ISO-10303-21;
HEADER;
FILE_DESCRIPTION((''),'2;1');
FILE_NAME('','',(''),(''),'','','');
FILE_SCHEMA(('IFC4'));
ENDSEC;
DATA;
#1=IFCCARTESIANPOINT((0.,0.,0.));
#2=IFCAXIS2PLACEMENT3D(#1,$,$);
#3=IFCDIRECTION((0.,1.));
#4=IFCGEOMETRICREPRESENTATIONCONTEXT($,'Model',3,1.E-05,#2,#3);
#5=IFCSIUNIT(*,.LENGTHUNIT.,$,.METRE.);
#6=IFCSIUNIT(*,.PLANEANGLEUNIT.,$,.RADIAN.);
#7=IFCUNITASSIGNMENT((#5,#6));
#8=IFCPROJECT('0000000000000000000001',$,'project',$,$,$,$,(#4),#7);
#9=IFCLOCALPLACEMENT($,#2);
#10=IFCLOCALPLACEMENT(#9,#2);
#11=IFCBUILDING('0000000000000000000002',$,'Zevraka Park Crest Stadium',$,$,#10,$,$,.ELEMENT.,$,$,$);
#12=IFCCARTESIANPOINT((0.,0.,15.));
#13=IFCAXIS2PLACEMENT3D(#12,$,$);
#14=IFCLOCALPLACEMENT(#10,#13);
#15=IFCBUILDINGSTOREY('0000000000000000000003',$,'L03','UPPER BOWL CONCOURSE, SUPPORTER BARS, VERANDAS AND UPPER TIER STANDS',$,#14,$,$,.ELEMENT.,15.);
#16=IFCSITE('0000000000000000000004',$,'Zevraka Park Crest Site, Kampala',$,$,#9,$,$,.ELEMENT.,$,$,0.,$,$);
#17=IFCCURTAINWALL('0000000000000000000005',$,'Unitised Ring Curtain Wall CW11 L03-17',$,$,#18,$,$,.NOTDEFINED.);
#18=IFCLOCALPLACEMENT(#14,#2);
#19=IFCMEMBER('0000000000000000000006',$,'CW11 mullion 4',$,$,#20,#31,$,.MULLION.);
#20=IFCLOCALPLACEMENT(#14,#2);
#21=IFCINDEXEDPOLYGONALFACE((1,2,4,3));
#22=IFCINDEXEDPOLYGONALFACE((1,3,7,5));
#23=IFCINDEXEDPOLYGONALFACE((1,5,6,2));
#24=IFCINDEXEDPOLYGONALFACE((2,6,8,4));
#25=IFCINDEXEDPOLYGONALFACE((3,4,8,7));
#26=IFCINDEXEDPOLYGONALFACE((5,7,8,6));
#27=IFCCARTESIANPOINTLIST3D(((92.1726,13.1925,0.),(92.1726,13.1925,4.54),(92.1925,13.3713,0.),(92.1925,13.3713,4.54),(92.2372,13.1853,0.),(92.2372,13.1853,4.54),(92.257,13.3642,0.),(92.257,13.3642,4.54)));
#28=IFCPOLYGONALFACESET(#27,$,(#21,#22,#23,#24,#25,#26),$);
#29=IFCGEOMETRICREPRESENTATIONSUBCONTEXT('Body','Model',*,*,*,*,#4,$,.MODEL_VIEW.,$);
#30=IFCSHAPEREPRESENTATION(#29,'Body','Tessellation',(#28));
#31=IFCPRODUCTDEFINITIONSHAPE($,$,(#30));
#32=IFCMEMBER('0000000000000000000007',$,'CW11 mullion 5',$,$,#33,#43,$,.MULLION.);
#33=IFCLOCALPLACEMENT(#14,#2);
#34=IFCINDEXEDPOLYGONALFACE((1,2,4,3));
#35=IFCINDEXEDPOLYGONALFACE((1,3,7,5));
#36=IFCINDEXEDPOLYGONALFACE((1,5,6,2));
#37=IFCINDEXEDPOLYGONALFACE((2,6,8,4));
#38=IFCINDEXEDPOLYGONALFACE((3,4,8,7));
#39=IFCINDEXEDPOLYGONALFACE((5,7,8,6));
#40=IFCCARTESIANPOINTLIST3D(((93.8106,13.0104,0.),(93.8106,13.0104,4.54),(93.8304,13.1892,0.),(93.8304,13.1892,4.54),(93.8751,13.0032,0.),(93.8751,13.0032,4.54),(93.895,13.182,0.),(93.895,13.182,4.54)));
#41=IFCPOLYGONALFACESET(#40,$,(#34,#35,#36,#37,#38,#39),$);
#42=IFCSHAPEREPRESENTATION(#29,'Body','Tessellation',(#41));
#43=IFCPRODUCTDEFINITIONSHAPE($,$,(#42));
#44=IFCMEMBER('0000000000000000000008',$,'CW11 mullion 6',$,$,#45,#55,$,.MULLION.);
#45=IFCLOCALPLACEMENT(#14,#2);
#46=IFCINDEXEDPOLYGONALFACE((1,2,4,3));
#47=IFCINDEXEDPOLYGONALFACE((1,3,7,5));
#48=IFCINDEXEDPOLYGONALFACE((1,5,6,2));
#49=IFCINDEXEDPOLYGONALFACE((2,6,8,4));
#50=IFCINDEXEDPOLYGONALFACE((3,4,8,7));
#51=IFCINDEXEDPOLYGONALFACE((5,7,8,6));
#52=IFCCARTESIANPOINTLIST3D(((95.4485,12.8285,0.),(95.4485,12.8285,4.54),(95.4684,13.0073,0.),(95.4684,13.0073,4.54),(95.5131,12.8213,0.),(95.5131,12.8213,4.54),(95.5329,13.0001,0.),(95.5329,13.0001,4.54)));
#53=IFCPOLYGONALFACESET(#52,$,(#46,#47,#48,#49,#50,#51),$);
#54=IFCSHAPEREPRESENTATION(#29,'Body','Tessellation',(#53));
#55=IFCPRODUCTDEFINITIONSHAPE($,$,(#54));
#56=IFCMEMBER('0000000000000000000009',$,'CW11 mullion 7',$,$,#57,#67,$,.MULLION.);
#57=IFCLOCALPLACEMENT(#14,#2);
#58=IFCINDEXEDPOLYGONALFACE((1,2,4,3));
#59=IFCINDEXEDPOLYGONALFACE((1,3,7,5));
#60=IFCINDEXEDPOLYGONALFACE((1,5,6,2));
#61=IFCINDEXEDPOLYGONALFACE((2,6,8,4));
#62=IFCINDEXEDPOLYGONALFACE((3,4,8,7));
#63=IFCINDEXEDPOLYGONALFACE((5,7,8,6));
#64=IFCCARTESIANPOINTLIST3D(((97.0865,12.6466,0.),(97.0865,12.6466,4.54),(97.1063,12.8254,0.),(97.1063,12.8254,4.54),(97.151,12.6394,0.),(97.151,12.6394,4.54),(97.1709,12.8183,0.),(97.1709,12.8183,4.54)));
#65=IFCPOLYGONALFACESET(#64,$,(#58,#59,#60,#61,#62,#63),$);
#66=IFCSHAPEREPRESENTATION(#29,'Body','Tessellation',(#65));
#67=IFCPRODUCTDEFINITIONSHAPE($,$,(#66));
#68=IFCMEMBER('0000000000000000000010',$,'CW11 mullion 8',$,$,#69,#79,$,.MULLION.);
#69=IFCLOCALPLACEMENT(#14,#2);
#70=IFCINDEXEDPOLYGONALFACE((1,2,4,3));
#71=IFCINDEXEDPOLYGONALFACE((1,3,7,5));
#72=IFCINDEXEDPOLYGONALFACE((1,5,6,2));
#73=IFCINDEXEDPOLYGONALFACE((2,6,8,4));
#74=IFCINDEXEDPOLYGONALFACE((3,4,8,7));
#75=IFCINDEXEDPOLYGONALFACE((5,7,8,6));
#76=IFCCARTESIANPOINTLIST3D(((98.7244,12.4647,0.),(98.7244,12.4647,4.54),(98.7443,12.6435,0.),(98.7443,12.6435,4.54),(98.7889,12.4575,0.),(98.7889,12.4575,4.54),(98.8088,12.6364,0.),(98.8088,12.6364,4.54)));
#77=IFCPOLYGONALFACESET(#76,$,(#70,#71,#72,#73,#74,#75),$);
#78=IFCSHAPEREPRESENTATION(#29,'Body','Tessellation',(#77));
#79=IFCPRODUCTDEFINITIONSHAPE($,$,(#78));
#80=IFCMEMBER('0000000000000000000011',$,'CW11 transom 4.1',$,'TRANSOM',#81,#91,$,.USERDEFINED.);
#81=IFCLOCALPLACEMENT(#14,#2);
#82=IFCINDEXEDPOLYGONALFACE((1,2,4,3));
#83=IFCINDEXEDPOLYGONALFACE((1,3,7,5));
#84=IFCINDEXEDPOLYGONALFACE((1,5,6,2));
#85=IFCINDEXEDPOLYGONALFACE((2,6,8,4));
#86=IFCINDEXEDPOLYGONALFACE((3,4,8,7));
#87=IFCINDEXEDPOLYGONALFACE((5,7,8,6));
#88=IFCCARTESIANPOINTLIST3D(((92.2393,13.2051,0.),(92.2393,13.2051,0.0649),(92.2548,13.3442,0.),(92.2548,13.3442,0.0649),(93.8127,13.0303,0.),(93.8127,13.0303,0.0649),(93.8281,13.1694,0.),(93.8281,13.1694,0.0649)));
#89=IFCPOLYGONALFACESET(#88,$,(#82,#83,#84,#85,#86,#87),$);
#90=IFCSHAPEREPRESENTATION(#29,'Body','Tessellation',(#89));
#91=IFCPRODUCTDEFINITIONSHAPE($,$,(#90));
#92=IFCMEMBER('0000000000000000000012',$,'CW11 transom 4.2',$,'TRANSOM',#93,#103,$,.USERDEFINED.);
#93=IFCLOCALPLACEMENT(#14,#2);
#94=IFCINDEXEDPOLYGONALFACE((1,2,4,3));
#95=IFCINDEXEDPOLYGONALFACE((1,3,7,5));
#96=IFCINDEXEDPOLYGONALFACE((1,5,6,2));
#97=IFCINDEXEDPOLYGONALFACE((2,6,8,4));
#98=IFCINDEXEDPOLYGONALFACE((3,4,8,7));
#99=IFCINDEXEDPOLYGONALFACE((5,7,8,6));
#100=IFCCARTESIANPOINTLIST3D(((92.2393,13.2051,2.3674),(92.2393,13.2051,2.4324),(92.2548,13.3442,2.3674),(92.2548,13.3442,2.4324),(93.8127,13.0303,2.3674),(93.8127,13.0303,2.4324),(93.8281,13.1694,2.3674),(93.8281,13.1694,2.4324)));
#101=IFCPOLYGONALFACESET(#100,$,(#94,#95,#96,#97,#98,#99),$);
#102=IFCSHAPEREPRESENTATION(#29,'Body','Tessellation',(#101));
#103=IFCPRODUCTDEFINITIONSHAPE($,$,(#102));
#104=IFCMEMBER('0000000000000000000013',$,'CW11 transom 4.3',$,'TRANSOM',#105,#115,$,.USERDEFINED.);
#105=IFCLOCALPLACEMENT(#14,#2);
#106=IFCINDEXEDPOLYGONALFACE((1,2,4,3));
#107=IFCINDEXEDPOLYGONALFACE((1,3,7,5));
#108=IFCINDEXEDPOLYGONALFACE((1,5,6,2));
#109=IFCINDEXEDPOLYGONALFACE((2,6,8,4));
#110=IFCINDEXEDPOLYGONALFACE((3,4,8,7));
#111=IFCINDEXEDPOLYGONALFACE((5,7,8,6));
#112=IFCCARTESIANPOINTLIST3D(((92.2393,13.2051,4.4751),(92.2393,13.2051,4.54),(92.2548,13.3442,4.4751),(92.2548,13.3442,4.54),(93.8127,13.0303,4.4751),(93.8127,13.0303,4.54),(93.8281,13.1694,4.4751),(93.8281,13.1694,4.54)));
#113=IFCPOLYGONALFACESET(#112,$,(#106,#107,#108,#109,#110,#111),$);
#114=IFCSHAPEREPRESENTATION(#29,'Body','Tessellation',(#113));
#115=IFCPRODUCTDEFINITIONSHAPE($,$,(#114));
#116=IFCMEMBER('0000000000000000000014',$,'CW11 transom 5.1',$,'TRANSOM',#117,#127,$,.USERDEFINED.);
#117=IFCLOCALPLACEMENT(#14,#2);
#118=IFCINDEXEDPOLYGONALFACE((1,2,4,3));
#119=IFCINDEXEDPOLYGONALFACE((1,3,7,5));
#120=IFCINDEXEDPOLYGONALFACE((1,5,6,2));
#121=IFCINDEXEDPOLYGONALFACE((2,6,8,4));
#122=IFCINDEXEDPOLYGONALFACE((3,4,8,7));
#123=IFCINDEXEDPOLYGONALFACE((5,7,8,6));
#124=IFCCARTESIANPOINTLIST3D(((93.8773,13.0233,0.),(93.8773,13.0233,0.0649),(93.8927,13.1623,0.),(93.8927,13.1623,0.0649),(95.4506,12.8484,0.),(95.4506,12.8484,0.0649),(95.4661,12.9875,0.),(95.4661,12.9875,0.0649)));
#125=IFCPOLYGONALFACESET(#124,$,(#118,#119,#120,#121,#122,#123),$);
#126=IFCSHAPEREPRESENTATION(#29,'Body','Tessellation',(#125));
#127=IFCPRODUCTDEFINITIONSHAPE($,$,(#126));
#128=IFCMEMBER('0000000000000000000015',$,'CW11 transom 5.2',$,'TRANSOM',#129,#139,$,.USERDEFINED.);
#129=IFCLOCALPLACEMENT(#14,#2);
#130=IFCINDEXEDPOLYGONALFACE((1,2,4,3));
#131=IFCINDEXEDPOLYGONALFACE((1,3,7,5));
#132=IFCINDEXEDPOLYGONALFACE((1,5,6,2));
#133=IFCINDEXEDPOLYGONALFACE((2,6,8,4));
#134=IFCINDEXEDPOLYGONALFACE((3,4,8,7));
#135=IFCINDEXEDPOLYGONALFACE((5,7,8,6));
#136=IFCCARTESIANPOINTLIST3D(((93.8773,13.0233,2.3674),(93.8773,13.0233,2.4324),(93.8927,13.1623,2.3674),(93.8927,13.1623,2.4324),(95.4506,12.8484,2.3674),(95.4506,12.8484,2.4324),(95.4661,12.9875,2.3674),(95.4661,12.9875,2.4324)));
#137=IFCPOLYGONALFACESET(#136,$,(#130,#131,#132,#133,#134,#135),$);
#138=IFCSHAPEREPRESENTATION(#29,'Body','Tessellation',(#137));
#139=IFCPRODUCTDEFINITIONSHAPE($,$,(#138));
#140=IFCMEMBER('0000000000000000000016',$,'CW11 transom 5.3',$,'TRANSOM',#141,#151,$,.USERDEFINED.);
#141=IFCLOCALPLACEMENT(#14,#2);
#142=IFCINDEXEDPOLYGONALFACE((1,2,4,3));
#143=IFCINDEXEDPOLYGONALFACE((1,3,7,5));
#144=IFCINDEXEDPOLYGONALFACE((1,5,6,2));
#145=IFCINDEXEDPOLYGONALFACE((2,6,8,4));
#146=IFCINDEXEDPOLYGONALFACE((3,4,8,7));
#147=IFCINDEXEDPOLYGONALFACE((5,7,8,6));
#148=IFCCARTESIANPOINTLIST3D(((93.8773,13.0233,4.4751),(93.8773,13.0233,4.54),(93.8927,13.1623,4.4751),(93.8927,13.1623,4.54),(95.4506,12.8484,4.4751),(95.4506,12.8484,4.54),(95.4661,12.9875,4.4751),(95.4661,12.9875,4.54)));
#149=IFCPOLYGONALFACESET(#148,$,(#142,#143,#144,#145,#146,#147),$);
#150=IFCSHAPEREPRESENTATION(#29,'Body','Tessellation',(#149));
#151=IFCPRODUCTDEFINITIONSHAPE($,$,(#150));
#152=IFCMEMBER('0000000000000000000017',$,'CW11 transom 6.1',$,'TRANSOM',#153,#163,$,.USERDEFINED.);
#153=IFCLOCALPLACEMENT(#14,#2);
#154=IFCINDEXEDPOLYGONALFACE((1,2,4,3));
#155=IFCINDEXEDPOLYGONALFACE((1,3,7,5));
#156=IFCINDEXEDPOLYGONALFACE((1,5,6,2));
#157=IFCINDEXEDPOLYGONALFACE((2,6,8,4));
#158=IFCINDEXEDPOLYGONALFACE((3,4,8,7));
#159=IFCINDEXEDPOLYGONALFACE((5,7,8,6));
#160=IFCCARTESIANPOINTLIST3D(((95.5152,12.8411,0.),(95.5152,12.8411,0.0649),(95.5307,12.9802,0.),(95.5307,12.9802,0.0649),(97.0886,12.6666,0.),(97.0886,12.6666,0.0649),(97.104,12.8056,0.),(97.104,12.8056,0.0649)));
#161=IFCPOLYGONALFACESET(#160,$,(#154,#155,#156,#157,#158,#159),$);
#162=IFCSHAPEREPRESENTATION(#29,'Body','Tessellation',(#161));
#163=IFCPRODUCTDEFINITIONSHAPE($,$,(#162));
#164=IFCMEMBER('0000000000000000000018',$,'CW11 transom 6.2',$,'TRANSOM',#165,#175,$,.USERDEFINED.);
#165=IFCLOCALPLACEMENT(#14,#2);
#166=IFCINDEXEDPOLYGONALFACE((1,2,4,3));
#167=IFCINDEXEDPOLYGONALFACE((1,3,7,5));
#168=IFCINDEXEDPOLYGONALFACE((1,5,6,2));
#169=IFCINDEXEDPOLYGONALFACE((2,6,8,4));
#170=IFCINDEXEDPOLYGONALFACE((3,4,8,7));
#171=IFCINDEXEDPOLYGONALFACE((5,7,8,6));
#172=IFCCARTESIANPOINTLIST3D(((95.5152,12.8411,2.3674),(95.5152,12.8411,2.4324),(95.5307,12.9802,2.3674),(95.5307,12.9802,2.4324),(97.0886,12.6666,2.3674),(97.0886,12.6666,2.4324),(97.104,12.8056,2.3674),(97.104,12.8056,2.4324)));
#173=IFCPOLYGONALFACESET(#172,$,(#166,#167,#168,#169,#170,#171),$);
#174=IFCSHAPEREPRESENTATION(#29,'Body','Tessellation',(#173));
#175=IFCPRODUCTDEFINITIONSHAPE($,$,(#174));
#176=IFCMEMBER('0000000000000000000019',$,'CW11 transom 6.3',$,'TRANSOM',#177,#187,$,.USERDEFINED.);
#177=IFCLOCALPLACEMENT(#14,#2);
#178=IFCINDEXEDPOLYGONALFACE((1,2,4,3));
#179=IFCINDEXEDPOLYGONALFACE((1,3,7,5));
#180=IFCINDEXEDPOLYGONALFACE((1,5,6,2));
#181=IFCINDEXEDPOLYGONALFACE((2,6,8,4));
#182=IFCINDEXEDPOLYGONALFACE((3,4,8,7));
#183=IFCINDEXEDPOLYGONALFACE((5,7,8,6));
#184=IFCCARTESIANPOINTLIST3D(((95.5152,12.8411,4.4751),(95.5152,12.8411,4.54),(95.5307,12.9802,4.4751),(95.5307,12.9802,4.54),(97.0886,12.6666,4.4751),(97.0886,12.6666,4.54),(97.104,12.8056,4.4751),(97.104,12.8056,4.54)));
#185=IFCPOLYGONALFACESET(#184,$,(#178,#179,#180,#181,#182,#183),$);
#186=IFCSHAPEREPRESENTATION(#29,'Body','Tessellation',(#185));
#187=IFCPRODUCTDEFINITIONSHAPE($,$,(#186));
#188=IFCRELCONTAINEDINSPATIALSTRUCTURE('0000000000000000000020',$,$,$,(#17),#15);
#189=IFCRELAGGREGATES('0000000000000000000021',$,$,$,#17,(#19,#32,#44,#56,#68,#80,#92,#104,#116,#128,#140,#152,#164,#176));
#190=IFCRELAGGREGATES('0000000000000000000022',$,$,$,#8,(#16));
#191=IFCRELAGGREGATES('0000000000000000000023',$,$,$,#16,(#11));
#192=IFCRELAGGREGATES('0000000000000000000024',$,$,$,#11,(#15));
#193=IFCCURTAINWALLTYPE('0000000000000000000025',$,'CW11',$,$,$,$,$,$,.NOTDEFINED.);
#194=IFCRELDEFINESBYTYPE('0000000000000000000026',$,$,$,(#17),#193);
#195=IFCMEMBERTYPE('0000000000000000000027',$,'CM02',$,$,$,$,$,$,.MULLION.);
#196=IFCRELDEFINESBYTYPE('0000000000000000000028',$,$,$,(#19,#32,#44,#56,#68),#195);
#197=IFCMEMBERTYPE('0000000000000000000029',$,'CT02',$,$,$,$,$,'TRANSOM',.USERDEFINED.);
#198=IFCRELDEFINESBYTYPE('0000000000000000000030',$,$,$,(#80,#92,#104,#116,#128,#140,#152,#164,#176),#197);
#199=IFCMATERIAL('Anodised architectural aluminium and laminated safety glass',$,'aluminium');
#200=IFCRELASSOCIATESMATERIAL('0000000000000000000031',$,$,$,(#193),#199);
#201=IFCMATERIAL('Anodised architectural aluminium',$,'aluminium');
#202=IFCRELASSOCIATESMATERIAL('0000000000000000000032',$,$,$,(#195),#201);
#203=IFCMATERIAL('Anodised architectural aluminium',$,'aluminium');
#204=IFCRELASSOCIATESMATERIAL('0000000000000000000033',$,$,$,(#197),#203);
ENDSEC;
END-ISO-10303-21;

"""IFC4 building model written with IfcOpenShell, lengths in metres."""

from ifc_helpers import new_model, si_unit, direction, frame, origin, origin_2d, place, context, subcontext, project, spatial, rectangle, extrude, material, material_profile, profile_set, type_object, element, aggregate, save


model = new_model("IFC4")

# Units and contexts
model_context = context("Model", 3, precision=1e-05, world=origin(), true_north=direction((0.0, 1.0)))
body_context = subcontext(model_context, "Body", "Model", "MODEL_VIEW")
ifc_project = project(units=[si_unit("LENGTHUNIT", "METRE"), si_unit("PLANEANGLEUNIT", "RADIAN")], contexts=[model_context])

# Site, building, storey
site_placement = place(None, origin())
site = spatial("IfcSite", under=ifc_project, at=site_placement, Name="Zevraka Park Crest Site, Kampala", CompositionType="ELEMENT", RefElevation=0.0)
building_placement = place(site_placement, origin())
building = spatial("IfcBuilding", under=site, at=building_placement, Name="Zevraka Park Crest Stadium", CompositionType="ELEMENT")
storey_placement = place(building_placement, frame((0.0, 0.0, 15.0)))
storey = spatial("IfcBuildingStorey", under=building, at=storey_placement, Name="L03", Description="UPPER BOWL CONCOURSE, SUPPORTER BARS, VERANDAS AND UPPER TIER STANDS", CompositionType="ELEMENT", Elevation=15.0)

# Curtain wall, members
ifc_material_1 = material(Name="Anodised architectural aluminium and laminated safety glass", Category="aluminium")
curtain_wall_type = type_object("IfcCurtainWallType", Name="CW11", PredefinedType="NOTDEFINED", material=ifc_material_1)
curtain_wall_placement = place(storey_placement, origin())
curtain_wall = element("IfcCurtainWall", 1, at=curtain_wall_placement, inside=storey, type_object=curtain_wall_type, Name="Unitised Ring Curtain Wall CW11 L03-17", PredefinedType="NOTDEFINED")
ifc_material_2 = material(Name="Anodised architectural aluminium", Category="aluminium")
ifc_material_profile_1 = material_profile(ifc_material_2, rectangle(XDim=0.1799, YDim=0.0649, at=origin_2d()), Name="ALU MULLION 180x65")
ifc_profile_set_1 = profile_set([ifc_material_profile_1], Name="Anodised architectural aluminium")
member_type_1 = type_object("IfcMemberType", Name="CM02", PredefinedType="MULLION", material=ifc_profile_set_1)
member_1_placement = place(storey_placement, frame((92.2148, 13.2783, 0.0), z_axis=(0.0, 0.0, 1.0), x_axis=(0.110396, 0.993888, 0.0)))
member_1 = element("IfcMember", 2, at=member_1_placement, type_object=member_type_1, Name="CW11 mullion 4", PredefinedType="MULLION", context=body_context, shape_type="SweptSolid", body=[
    extrude(rectangle(XDim=0.1799, YDim=0.0649, at=origin_2d()), origin(), (0.0, 0.0, 1.0), 4.54),
])
member_2_placement = place(storey_placement, frame((93.8528, 13.0962, 0.0), z_axis=(0.0, 0.0, 1.0), x_axis=(0.110396, 0.993888, 0.0)))
member_2 = element("IfcMember", 3, at=member_2_placement, type_object=member_type_1, Name="CW11 mullion 5", PredefinedType="MULLION", context=body_context, shape_type="SweptSolid", body=[
    extrude(rectangle(XDim=0.1799, YDim=0.0649, at=origin_2d()), origin(), (0.0, 0.0, 1.0), 4.54),
])
member_3_placement = place(storey_placement, frame((95.4907, 12.9143, 0.0), z_axis=(0.0, 0.0, 1.0), x_axis=(0.110396, 0.993888, 0.0)))
member_3 = element("IfcMember", 4, at=member_3_placement, type_object=member_type_1, Name="CW11 mullion 6", PredefinedType="MULLION", context=body_context, shape_type="SweptSolid", body=[
    extrude(rectangle(XDim=0.1799, YDim=0.0649, at=origin_2d()), origin(), (0.0, 0.0, 1.0), 4.54),
])
member_4_placement = place(storey_placement, frame((97.1287, 12.7324, 0.0), z_axis=(0.0, 0.0, 1.0), x_axis=(0.110396, 0.993888, 0.0)))
member_4 = element("IfcMember", 5, at=member_4_placement, type_object=member_type_1, Name="CW11 mullion 7", PredefinedType="MULLION", context=body_context, shape_type="SweptSolid", body=[
    extrude(rectangle(XDim=0.1799, YDim=0.0649, at=origin_2d()), origin(), (0.0, 0.0, 1.0), 4.54),
])
member_5_placement = place(storey_placement, frame((98.7666, 12.5505, 0.0), z_axis=(0.0, 0.0, 1.0), x_axis=(0.110396, 0.993888, 0.0)))
member_5 = element("IfcMember", 6, at=member_5_placement, type_object=member_type_1, Name="CW11 mullion 8", PredefinedType="MULLION", context=body_context, shape_type="SweptSolid", body=[
    extrude(rectangle(XDim=0.1799, YDim=0.0649, at=origin_2d()), origin(), (0.0, 0.0, 1.0), 4.54),
])
ifc_material_3 = material(Name="Anodised architectural aluminium", Category="aluminium")
ifc_material_profile_2 = material_profile(ifc_material_3, rectangle(XDim=0.1399, YDim=0.0649, at=origin_2d()), Name="ALU TRANSOM 140x65")
ifc_profile_set_2 = profile_set([ifc_material_profile_2], Name="Anodised architectural aluminium")
member_type_2 = type_object("IfcMemberType", Name="CT02", ElementType="TRANSOM", PredefinedType="USERDEFINED", material=ifc_profile_set_2)
member_6_placement = place(storey_placement, frame((92.2471, 13.2747, 0.0325), z_axis=(0.993884, -0.110432, 0.0), x_axis=(0.110432, 0.993884, 0.0)))
member_6 = element("IfcMember", 7, at=member_6_placement, type_object=member_type_2, Name="CW11 transom 4.1", ObjectType="TRANSOM", PredefinedType="USERDEFINED", context=body_context, shape_type="SweptSolid", body=[
    extrude(rectangle(XDim=0.1399, YDim=0.0649, at=origin_2d()), origin(), (0.0, 0.0, 1.0), 1.583),
])
member_7_placement = place(storey_placement, frame((92.2471, 13.2747, 2.3999), z_axis=(0.993884, -0.110432, 0.0), x_axis=(0.110432, 0.993884, 0.0)))
member_7 = element("IfcMember", 8, at=member_7_placement, type_object=member_type_2, Name="CW11 transom 4.2", ObjectType="TRANSOM", PredefinedType="USERDEFINED", context=body_context, shape_type="SweptSolid", body=[
    extrude(rectangle(XDim=0.1399, YDim=0.0649, at=origin_2d()), origin(), (0.0, 0.0, 1.0), 1.583),
])
member_8_placement = place(storey_placement, frame((92.2471, 13.2747, 4.5076), z_axis=(0.993884, -0.110432, 0.0), x_axis=(0.110432, 0.993884, 0.0)))
member_8 = element("IfcMember", 9, at=member_8_placement, type_object=member_type_2, Name="CW11 transom 4.3", ObjectType="TRANSOM", PredefinedType="USERDEFINED", context=body_context, shape_type="SweptSolid", body=[
    extrude(rectangle(XDim=0.1399, YDim=0.0649, at=origin_2d()), origin(), (0.0, 0.0, 1.0), 1.583),
])
member_9_placement = place(storey_placement, frame((93.885, 13.0928, 0.0325), z_axis=(0.993884, -0.110432, 0.0), x_axis=(0.110432, 0.993884, 0.0)))
member_9 = element("IfcMember", 10, at=member_9_placement, type_object=member_type_2, Name="CW11 transom 5.1", ObjectType="TRANSOM", PredefinedType="USERDEFINED", context=body_context, shape_type="SweptSolid", body=[
    extrude(rectangle(XDim=0.1399, YDim=0.0649, at=origin_2d()), origin(), (0.0, 0.0, 1.0), 1.583),
])
member_10_placement = place(storey_placement, frame((93.885, 13.0928, 2.3999), z_axis=(0.993884, -0.110432, 0.0), x_axis=(0.110432, 0.993884, 0.0)))
member_10 = element("IfcMember", 11, at=member_10_placement, type_object=member_type_2, Name="CW11 transom 5.2", ObjectType="TRANSOM", PredefinedType="USERDEFINED", context=body_context, shape_type="SweptSolid", body=[
    extrude(rectangle(XDim=0.1399, YDim=0.0649, at=origin_2d()), origin(), (0.0, 0.0, 1.0), 1.583),
])
member_11_placement = place(storey_placement, frame((93.885, 13.0928, 4.5076), z_axis=(0.993884, -0.110432, 0.0), x_axis=(0.110432, 0.993884, 0.0)))
member_11 = element("IfcMember", 12, at=member_11_placement, type_object=member_type_2, Name="CW11 transom 5.3", ObjectType="TRANSOM", PredefinedType="USERDEFINED", context=body_context, shape_type="SweptSolid", body=[
    extrude(rectangle(XDim=0.1399, YDim=0.0649, at=origin_2d()), origin(), (0.0, 0.0, 1.0), 1.583),
])
member_12_placement = place(storey_placement, frame((95.5229, 12.9106, 0.0325), z_axis=(0.993901, -0.110279, 0.0), x_axis=(0.110279, 0.993901, 0.0)))
member_12 = element("IfcMember", 13, at=member_12_placement, type_object=member_type_2, Name="CW11 transom 6.1", ObjectType="TRANSOM", PredefinedType="USERDEFINED", context=body_context, shape_type="SweptSolid", body=[
    extrude(rectangle(XDim=0.1399, YDim=0.0649, at=origin_2d()), origin(), (0.0, 0.0, 1.0), 1.583),
])
member_13_placement = place(storey_placement, frame((95.5229, 12.9106, 2.3999), z_axis=(0.993901, -0.110279, 0.0), x_axis=(0.110279, 0.993901, 0.0)))
member_13 = element("IfcMember", 14, at=member_13_placement, type_object=member_type_2, Name="CW11 transom 6.2", ObjectType="TRANSOM", PredefinedType="USERDEFINED", context=body_context, shape_type="SweptSolid", body=[
    extrude(rectangle(XDim=0.1399, YDim=0.0649, at=origin_2d()), origin(), (0.0, 0.0, 1.0), 1.583),
])
member_14_placement = place(storey_placement, frame((95.5229, 12.9106, 4.5076), z_axis=(0.993901, -0.110279, 0.0), x_axis=(0.110279, 0.993901, 0.0)))
member_14 = element("IfcMember", 15, at=member_14_placement, type_object=member_type_2, Name="CW11 transom 6.3", ObjectType="TRANSOM", PredefinedType="USERDEFINED", context=body_context, shape_type="SweptSolid", body=[
    extrude(rectangle(XDim=0.1399, YDim=0.0649, at=origin_2d()), origin(), (0.0, 0.0, 1.0), 1.583),
])
aggregate(curtain_wall, [member_1, member_2, member_3, member_4, member_5, member_6, member_7, member_8, member_9, member_10, member_11, member_12, member_13, member_14])

save(model, "model.ifc")
